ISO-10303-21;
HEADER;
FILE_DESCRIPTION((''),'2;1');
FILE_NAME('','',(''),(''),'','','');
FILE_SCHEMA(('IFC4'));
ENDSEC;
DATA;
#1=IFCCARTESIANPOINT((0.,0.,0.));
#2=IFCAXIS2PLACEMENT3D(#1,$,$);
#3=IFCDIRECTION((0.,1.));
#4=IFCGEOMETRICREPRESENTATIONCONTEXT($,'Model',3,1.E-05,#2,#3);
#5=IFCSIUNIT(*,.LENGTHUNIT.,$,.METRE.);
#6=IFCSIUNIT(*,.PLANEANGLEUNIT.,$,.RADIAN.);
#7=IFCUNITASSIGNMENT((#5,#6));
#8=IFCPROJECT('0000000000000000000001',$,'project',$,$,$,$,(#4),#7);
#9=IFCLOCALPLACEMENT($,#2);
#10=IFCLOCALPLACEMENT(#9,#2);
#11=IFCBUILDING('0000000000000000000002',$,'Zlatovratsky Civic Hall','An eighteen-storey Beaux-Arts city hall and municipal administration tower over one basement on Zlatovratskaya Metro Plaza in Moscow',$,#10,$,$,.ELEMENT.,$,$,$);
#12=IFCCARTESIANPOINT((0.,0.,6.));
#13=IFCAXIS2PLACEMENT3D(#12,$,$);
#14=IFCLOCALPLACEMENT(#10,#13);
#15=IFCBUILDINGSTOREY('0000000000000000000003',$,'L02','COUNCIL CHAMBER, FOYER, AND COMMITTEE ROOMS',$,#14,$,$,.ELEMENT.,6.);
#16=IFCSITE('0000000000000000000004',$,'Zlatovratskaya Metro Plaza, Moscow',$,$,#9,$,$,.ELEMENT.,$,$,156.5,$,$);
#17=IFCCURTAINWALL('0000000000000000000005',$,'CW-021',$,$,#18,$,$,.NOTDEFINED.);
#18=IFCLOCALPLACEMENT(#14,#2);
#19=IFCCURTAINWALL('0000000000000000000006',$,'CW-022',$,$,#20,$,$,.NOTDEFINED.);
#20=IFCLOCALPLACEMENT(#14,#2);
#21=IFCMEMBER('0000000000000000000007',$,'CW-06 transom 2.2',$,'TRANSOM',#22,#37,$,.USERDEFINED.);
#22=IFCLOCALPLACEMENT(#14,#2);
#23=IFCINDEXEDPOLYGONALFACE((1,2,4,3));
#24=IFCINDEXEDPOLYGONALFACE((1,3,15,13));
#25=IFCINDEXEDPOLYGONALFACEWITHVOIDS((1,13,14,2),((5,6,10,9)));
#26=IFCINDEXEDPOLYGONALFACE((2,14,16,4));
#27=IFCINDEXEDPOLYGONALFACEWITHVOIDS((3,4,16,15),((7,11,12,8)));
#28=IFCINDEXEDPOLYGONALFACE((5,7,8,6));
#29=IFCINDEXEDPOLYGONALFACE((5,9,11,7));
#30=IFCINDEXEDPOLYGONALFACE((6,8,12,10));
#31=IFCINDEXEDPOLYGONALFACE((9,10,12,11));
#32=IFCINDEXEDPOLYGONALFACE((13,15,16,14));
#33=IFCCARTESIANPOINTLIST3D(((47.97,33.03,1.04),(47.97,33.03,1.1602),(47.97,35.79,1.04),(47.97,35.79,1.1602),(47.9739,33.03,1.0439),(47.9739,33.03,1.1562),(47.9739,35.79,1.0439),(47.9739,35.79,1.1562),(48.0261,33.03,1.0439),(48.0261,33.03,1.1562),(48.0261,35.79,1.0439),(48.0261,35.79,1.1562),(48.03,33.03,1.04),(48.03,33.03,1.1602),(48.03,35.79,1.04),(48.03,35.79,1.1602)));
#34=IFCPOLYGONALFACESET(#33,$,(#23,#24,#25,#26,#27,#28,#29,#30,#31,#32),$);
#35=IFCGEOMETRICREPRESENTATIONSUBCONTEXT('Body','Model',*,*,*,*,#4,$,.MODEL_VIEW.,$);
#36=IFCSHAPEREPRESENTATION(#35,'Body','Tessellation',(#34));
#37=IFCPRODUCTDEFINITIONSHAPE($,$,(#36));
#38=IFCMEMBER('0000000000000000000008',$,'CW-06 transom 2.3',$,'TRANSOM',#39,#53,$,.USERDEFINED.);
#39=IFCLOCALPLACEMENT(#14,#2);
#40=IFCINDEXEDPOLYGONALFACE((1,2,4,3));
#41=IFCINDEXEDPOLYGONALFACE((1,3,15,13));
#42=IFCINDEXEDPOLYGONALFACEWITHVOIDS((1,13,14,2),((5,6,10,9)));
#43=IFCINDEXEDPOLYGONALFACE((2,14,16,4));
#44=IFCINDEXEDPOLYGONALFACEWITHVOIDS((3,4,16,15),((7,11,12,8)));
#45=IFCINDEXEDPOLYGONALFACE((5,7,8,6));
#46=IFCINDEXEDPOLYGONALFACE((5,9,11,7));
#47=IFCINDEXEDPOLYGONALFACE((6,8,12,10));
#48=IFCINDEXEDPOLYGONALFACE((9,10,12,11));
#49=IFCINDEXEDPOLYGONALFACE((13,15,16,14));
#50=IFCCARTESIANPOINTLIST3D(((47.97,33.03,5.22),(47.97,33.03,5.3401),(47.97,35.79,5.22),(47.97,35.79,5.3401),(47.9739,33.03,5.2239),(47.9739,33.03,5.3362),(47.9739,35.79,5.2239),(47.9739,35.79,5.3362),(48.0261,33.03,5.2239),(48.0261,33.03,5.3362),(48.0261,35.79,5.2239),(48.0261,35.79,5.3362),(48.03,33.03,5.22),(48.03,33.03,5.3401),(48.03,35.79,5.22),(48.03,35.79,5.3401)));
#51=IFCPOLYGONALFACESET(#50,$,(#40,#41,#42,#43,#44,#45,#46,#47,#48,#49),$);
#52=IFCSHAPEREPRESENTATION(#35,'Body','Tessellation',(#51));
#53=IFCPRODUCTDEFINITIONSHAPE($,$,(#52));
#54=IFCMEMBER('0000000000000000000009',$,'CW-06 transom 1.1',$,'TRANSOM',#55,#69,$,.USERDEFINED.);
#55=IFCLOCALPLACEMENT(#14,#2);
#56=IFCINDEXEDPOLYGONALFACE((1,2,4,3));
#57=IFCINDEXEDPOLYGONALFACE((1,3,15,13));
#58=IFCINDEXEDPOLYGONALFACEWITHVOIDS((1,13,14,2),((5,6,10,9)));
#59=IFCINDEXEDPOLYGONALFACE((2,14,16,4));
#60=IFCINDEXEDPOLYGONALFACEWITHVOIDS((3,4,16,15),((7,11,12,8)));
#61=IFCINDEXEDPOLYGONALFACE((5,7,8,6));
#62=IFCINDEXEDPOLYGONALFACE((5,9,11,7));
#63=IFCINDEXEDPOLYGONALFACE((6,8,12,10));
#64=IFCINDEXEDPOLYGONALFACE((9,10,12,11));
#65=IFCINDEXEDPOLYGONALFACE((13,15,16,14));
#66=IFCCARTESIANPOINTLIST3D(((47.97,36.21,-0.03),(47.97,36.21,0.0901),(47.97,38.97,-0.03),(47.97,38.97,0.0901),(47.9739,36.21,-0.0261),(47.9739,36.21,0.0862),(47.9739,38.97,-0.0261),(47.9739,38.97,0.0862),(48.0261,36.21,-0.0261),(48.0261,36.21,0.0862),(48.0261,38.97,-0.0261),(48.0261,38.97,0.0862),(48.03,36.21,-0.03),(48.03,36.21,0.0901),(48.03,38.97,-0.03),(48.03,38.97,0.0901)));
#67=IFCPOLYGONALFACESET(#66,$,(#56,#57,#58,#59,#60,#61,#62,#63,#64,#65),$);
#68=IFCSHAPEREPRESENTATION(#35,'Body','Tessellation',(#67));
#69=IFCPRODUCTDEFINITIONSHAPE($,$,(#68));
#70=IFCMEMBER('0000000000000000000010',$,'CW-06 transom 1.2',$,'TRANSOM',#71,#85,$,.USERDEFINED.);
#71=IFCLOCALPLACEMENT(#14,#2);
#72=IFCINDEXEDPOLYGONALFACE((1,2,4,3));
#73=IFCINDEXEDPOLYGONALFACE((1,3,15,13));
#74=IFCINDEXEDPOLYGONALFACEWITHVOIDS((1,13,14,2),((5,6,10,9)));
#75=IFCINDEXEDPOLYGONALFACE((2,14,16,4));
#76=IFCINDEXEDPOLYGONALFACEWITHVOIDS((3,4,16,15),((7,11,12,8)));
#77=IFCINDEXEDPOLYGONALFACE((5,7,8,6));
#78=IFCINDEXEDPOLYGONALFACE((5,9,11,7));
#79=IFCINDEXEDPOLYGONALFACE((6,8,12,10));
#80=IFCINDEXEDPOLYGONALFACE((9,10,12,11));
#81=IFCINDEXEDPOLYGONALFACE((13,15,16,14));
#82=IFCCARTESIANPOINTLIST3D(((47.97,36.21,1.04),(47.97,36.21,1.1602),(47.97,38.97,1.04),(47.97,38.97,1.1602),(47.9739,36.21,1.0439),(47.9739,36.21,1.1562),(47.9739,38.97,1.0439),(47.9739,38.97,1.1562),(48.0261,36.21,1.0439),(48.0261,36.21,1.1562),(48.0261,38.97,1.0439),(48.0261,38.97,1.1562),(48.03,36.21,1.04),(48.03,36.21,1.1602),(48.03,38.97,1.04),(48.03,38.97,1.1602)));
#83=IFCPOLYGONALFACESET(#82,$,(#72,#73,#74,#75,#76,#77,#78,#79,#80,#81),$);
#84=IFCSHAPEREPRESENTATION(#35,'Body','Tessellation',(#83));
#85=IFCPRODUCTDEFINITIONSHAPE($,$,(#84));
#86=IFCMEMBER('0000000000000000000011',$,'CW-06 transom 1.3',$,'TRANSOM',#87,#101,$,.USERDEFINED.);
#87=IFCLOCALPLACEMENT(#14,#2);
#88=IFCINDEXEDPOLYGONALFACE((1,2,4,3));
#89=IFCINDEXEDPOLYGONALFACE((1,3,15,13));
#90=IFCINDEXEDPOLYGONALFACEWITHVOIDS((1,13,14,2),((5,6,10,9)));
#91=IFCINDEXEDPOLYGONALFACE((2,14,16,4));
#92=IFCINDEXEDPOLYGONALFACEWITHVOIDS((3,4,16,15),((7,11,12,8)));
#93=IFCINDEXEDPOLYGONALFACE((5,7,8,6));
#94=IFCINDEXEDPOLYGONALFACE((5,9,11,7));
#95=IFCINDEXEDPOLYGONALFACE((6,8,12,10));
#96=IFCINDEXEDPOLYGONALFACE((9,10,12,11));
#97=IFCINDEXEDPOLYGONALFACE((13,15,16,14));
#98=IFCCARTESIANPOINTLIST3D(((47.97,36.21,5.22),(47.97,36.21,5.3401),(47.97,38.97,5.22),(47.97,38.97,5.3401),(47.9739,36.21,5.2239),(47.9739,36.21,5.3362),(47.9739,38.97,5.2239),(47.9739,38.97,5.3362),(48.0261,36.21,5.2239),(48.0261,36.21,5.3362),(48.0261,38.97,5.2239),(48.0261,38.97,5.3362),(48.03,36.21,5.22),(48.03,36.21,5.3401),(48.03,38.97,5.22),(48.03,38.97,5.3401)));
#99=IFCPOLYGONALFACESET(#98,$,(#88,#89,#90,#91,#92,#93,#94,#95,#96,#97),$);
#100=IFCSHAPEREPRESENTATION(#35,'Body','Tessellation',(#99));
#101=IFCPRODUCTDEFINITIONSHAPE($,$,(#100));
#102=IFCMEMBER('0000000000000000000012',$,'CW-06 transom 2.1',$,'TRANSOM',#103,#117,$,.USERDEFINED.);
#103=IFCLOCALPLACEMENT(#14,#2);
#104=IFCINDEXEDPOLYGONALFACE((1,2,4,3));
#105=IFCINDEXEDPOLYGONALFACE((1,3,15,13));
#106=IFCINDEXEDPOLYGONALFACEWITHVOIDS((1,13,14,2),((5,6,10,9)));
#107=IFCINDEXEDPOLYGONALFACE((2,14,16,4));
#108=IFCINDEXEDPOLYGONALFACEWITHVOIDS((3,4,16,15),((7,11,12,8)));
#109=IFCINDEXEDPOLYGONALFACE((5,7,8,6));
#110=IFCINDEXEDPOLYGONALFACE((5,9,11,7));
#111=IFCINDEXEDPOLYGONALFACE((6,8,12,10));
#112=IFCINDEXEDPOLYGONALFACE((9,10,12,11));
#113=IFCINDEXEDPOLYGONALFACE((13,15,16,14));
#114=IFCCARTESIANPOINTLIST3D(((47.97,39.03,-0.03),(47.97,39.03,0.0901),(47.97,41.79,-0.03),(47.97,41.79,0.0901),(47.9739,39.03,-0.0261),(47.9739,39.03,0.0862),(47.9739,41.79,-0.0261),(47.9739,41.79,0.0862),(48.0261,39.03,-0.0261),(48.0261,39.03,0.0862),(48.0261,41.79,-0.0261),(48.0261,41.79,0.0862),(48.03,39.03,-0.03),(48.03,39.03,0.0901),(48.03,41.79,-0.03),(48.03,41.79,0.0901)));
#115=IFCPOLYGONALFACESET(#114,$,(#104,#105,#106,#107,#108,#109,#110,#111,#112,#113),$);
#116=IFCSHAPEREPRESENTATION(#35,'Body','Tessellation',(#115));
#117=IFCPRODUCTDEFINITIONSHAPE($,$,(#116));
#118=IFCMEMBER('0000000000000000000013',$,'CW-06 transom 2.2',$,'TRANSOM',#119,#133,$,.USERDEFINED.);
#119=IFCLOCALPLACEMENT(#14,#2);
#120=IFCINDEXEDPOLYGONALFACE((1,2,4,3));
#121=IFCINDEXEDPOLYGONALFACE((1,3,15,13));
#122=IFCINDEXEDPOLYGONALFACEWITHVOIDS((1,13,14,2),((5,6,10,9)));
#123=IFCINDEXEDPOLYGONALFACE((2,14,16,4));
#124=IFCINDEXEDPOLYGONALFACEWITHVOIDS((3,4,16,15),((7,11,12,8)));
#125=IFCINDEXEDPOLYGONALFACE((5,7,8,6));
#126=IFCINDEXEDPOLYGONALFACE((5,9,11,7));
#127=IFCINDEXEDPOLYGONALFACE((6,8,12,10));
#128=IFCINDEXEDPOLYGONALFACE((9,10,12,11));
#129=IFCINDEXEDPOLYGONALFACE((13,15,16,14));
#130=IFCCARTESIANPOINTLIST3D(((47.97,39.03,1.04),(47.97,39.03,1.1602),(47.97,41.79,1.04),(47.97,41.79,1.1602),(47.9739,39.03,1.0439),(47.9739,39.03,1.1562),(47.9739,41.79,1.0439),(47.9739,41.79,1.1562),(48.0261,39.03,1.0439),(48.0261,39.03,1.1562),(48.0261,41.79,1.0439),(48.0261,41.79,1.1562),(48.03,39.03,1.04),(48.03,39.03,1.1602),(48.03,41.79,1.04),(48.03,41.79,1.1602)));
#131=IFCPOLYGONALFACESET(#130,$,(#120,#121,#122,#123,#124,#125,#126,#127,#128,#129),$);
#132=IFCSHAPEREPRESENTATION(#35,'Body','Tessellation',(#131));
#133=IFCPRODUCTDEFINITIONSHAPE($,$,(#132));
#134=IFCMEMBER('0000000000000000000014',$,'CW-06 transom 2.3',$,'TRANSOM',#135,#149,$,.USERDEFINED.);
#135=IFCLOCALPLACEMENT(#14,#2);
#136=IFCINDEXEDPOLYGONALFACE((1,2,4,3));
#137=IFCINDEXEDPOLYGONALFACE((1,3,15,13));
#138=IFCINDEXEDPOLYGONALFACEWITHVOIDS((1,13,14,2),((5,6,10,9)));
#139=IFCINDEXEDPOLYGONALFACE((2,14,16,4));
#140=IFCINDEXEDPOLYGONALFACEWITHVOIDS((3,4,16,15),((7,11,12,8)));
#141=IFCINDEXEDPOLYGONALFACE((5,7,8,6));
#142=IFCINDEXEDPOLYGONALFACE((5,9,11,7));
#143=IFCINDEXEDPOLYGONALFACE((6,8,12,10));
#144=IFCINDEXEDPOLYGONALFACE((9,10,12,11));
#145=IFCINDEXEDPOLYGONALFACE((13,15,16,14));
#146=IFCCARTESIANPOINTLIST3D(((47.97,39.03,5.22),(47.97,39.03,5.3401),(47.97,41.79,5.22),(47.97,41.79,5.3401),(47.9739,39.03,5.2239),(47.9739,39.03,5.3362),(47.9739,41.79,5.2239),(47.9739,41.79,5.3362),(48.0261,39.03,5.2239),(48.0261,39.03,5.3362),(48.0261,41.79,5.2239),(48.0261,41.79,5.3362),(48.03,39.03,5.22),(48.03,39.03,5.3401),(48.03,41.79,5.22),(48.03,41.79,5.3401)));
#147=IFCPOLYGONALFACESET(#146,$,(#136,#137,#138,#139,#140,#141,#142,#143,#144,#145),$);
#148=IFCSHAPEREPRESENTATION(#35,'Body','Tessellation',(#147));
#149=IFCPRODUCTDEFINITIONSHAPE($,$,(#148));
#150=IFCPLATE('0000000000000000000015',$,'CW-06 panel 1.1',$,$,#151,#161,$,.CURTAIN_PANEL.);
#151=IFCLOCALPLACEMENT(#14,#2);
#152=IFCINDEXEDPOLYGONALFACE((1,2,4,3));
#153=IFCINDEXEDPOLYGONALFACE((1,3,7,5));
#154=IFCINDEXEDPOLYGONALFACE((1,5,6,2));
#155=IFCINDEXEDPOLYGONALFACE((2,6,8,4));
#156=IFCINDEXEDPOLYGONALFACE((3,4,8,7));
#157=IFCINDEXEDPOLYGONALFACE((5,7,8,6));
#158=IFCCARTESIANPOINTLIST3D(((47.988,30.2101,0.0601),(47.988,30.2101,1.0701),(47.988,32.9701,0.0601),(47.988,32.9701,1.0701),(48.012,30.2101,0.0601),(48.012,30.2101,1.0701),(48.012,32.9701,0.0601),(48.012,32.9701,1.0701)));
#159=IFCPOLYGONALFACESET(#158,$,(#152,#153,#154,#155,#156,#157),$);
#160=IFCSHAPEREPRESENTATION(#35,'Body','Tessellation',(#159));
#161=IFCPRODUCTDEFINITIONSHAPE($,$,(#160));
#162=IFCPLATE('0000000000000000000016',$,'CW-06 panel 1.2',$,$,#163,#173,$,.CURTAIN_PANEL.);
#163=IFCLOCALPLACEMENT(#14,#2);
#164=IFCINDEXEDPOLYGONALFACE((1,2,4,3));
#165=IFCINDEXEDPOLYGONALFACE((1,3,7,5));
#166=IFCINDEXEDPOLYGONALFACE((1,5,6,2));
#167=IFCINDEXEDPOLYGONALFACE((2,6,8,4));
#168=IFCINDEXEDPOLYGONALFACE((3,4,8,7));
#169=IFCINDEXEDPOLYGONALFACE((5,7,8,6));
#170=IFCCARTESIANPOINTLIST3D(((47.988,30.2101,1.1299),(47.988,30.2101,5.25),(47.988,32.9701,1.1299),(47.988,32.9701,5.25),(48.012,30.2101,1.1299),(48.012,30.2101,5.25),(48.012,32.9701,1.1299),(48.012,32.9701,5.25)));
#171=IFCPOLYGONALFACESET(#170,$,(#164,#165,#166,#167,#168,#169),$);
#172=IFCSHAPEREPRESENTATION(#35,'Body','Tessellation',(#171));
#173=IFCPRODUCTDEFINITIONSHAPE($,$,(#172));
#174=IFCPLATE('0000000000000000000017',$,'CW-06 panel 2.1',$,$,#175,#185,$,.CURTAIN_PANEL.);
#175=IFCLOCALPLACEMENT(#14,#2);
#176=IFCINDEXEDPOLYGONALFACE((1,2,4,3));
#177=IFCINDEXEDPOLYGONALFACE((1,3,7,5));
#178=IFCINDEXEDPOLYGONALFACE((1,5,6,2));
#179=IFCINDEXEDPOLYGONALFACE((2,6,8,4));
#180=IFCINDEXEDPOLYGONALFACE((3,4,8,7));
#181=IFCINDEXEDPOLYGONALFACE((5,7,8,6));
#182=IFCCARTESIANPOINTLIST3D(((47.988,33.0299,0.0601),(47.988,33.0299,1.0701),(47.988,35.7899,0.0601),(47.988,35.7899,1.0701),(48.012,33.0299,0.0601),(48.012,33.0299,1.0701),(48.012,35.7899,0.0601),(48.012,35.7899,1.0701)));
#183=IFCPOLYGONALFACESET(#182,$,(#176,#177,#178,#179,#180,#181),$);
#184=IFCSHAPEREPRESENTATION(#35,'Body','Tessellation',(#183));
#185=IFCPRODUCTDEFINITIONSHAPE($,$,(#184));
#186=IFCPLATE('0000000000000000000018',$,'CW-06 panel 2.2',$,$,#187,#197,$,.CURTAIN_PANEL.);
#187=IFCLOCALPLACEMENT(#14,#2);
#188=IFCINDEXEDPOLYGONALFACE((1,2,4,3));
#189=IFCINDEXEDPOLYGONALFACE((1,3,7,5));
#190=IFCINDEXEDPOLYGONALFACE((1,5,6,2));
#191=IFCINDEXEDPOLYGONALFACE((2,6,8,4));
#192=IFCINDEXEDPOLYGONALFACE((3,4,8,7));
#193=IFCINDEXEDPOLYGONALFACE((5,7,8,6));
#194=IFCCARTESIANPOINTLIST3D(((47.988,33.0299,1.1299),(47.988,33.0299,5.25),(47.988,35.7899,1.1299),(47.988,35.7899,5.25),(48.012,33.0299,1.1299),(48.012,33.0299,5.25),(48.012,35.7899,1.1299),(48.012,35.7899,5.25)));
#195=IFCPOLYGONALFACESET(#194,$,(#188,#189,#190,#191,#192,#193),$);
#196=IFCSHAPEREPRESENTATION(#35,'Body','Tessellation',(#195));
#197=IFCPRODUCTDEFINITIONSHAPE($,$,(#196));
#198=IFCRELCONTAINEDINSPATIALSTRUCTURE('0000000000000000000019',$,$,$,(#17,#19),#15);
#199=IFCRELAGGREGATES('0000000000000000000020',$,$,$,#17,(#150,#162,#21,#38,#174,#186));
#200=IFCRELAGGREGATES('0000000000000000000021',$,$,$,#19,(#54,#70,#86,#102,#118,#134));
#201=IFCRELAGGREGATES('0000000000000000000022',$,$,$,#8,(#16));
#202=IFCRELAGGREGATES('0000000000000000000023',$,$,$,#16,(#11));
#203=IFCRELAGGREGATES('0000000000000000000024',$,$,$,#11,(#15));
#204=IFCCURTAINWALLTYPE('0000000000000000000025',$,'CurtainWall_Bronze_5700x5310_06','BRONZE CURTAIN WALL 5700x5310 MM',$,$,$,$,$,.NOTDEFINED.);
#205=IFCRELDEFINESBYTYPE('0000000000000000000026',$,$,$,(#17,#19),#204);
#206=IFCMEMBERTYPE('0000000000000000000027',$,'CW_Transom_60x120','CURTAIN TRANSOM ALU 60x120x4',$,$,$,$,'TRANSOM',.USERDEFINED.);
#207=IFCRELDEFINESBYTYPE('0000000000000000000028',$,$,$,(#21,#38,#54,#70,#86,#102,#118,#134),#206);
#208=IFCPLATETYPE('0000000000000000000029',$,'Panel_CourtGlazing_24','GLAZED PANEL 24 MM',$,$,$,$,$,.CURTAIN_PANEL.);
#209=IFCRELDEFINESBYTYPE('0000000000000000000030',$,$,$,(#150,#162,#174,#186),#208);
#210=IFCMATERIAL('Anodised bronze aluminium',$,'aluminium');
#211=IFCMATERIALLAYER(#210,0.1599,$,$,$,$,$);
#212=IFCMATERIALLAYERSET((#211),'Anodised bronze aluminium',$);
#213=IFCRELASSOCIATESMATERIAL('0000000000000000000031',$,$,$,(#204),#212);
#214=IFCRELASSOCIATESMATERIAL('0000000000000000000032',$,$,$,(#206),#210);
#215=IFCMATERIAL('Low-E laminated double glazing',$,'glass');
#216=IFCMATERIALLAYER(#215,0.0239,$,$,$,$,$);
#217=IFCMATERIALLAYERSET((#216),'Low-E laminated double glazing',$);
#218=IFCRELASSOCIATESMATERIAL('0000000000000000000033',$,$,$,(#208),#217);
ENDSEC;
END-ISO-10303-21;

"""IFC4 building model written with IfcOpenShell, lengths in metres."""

from ifc_helpers import new_model, si_unit, direction, frame, origin, origin_2d, place, context, subcontext, project, spatial, rectangle, hollow_rectangle, extrude, material, layer, layer_set, material_profile, profile_set, type_object, element, aggregate, save


model = new_model("IFC4")

# Units and contexts
model_context = context("Model", 3, precision=1e-05, world=origin(), true_north=direction((0.0, 1.0)))
body_context = subcontext(model_context, "Body", "Model", "MODEL_VIEW")
ifc_project = project(units=[si_unit("LENGTHUNIT", "METRE"), si_unit("PLANEANGLEUNIT", "RADIAN")], contexts=[model_context])

# Site, building, storey
site_placement = place(None, origin())
site = spatial("IfcSite", under=ifc_project, at=site_placement, Name="Zlatovratskaya Metro Plaza, Moscow", CompositionType="ELEMENT", RefElevation=156.5)
building_placement = place(site_placement, origin())
building = spatial("IfcBuilding", under=site, at=building_placement, Name="Zlatovratsky Civic Hall", Description="An eighteen-storey Beaux-Arts city hall and municipal administration tower over one basement on Zlatovratskaya Metro Plaza in Moscow", CompositionType="ELEMENT")
storey_placement = place(building_placement, frame((0.0, 0.0, 6.0)))
storey = spatial("IfcBuildingStorey", under=building, at=storey_placement, Name="L02", Description="COUNCIL CHAMBER, FOYER, AND COMMITTEE ROOMS", CompositionType="ELEMENT", Elevation=6.0)

# Curtain walls
ifc_material_1 = material(Name="Anodised bronze aluminium", Category="aluminium")
ifc_layer_1 = layer(ifc_material_1, 0.1599)
ifc_layer_set_1 = layer_set([ifc_layer_1], Name="Anodised bronze aluminium")
curtain_wall_type = type_object("IfcCurtainWallType", Name="CurtainWall_Bronze_5700x5310_06", Description="BRONZE CURTAIN WALL 5700x5310 MM", PredefinedType="NOTDEFINED", material=ifc_layer_set_1)
curtain_wall_1_placement = place(storey_placement, origin())
curtain_wall_1 = element("IfcCurtainWall", 1, at=curtain_wall_1_placement, inside=storey, type_object=curtain_wall_type, Name="CW-021", PredefinedType="NOTDEFINED")
curtain_wall_2_placement = place(storey_placement, origin())
curtain_wall_2 = element("IfcCurtainWall", 2, at=curtain_wall_2_placement, inside=storey, type_object=curtain_wall_type, Name="CW-022", PredefinedType="NOTDEFINED")

# Members
ifc_material_profile_1 = material_profile(ifc_material_1, hollow_rectangle(XDim=0.0601, YDim=0.1201, WallThickness=0.0039, at=origin_2d()), Name="ALU 60x120x4")
ifc_profile_set_1 = profile_set([ifc_material_profile_1], Name="Anodised bronze aluminium")
member_type_1 = type_object("IfcMemberType", Name="CW_Transom_60x120", Description="CURTAIN TRANSOM ALU 60x120x4", ElementType="TRANSOM", PredefinedType="USERDEFINED", material=ifc_profile_set_1)
member_1_placement = place(storey_placement, frame((48.0, 33.03, 1.1001), z_axis=(0.0, 1.0, 0.0), x_axis=(-1.0, 0.0, 0.0)))
member_1 = element("IfcMember", 3, at=member_1_placement, type_object=member_type_1, Name="CW-06 transom 2.2", ObjectType="TRANSOM", PredefinedType="USERDEFINED", context=body_context, shape_type="SweptSolid", body=[
    extrude(hollow_rectangle(XDim=0.0601, YDim=0.1201, WallThickness=0.0039, at=origin_2d()), origin(), (0.0, 0.0, 1.0), 2.76),
])
member_2_placement = place(storey_placement, frame((48.0, 33.03, 5.28), z_axis=(0.0, 1.0, 0.0), x_axis=(-1.0, 0.0, 0.0)))
member_2 = element("IfcMember", 4, at=member_2_placement, type_object=member_type_1, Name="CW-06 transom 2.3", ObjectType="TRANSOM", PredefinedType="USERDEFINED", context=body_context, shape_type="SweptSolid", body=[
    extrude(hollow_rectangle(XDim=0.0601, YDim=0.1201, WallThickness=0.0039, at=origin_2d()), origin(), (0.0, 0.0, 1.0), 2.76),
])
member_3_placement = place(storey_placement, frame((48.0, 36.21, 0.03), z_axis=(0.0, 1.0, 0.0), x_axis=(-1.0, 0.0, 0.0)))
member_3 = element("IfcMember", 5, at=member_3_placement, type_object=member_type_1, Name="CW-06 transom 1.1", ObjectType="TRANSOM", PredefinedType="USERDEFINED", context=body_context, shape_type="SweptSolid", body=[
    extrude(hollow_rectangle(XDim=0.0601, YDim=0.1201, WallThickness=0.0039, at=origin_2d()), origin(), (0.0, 0.0, 1.0), 2.76),
])
member_4_placement = place(storey_placement, frame((48.0, 36.21, 1.1001), z_axis=(0.0, 1.0, 0.0), x_axis=(-1.0, 0.0, 0.0)))
member_4 = element("IfcMember", 6, at=member_4_placement, type_object=member_type_1, Name="CW-06 transom 1.2", ObjectType="TRANSOM", PredefinedType="USERDEFINED", context=body_context, shape_type="SweptSolid", body=[
    extrude(hollow_rectangle(XDim=0.0601, YDim=0.1201, WallThickness=0.0039, at=origin_2d()), origin(), (0.0, 0.0, 1.0), 2.76),
])
member_5_placement = place(storey_placement, frame((48.0, 36.21, 5.28), z_axis=(0.0, 1.0, 0.0), x_axis=(-1.0, 0.0, 0.0)))
member_5 = element("IfcMember", 7, at=member_5_placement, type_object=member_type_1, Name="CW-06 transom 1.3", ObjectType="TRANSOM", PredefinedType="USERDEFINED", context=body_context, shape_type="SweptSolid", body=[
    extrude(hollow_rectangle(XDim=0.0601, YDim=0.1201, WallThickness=0.0039, at=origin_2d()), origin(), (0.0, 0.0, 1.0), 2.76),
])
member_6_placement = place(storey_placement, frame((48.0, 39.03, 0.03), z_axis=(0.0, 1.0, 0.0), x_axis=(-1.0, 0.0, 0.0)))
member_6 = element("IfcMember", 8, at=member_6_placement, type_object=member_type_1, Name="CW-06 transom 2.1", ObjectType="TRANSOM", PredefinedType="USERDEFINED", context=body_context, shape_type="SweptSolid", body=[
    extrude(hollow_rectangle(XDim=0.0601, YDim=0.1201, WallThickness=0.0039, at=origin_2d()), origin(), (0.0, 0.0, 1.0), 2.76),
])
member_7_placement = place(storey_placement, frame((48.0, 39.03, 1.1001), z_axis=(0.0, 1.0, 0.0), x_axis=(-1.0, 0.0, 0.0)))
member_7 = element("IfcMember", 9, at=member_7_placement, type_object=member_type_1, Name="CW-06 transom 2.2", ObjectType="TRANSOM", PredefinedType="USERDEFINED", context=body_context, shape_type="SweptSolid", body=[
    extrude(hollow_rectangle(XDim=0.0601, YDim=0.1201, WallThickness=0.0039, at=origin_2d()), origin(), (0.0, 0.0, 1.0), 2.76),
])
member_8_placement = place(storey_placement, frame((48.0, 39.03, 5.28), z_axis=(0.0, 1.0, 0.0), x_axis=(-1.0, 0.0, 0.0)))
member_8 = element("IfcMember", 10, at=member_8_placement, type_object=member_type_1, Name="CW-06 transom 2.3", ObjectType="TRANSOM", PredefinedType="USERDEFINED", context=body_context, shape_type="SweptSolid", body=[
    extrude(hollow_rectangle(XDim=0.0601, YDim=0.1201, WallThickness=0.0039, at=origin_2d()), origin(), (0.0, 0.0, 1.0), 2.76),
])

# Plates
ifc_material_2 = material(Name="Low-E laminated double glazing", Category="glass")
ifc_layer_2 = layer(ifc_material_2, 0.0239)
ifc_layer_set_2 = layer_set([ifc_layer_2], Name="Low-E laminated double glazing")
plate_type = type_object("IfcPlateType", Name="Panel_CourtGlazing_24", Description="GLAZED PANEL 24 MM", PredefinedType="CURTAIN_PANEL", material=ifc_layer_set_2)
plate_1_placement = place(storey_placement, frame((48.0, 31.5901, 0.0601), z_axis=(0.0, 0.0, 1.0), x_axis=(0.0, 1.0, 0.0)))
plate_1 = element("IfcPlate", 11, at=plate_1_placement, type_object=plate_type, Name="CW-06 panel 1.1", PredefinedType="CURTAIN_PANEL", context=body_context, shape_type="SweptSolid", body=[
    extrude(rectangle(XDim=2.76, YDim=0.0239, at=origin_2d()), origin(), (0.0, 0.0, 1.0), 1.01),
])
plate_2_placement = place(storey_placement, frame((48.0, 31.5901, 1.1299), z_axis=(0.0, 0.0, 1.0), x_axis=(0.0, 1.0, 0.0)))
plate_2 = element("IfcPlate", 12, at=plate_2_placement, type_object=plate_type, Name="CW-06 panel 1.2", PredefinedType="CURTAIN_PANEL", context=body_context, shape_type="SweptSolid", body=[
    extrude(rectangle(XDim=2.76, YDim=0.0239, at=origin_2d()), origin(), (0.0, 0.0, 1.0), 4.1201),
])
plate_3_placement = place(storey_placement, frame((48.0, 34.4099, 0.0601), z_axis=(0.0, 0.0, 1.0), x_axis=(0.0, 1.0, 0.0)))
plate_3 = element("IfcPlate", 13, at=plate_3_placement, type_object=plate_type, Name="CW-06 panel 2.1", PredefinedType="CURTAIN_PANEL", context=body_context, shape_type="SweptSolid", body=[
    extrude(rectangle(XDim=2.76, YDim=0.0239, at=origin_2d()), origin(), (0.0, 0.0, 1.0), 1.01),
])
plate_4_placement = place(storey_placement, frame((48.0, 34.4099, 1.1299), z_axis=(0.0, 0.0, 1.0), x_axis=(0.0, 1.0, 0.0)))
plate_4 = element("IfcPlate", 14, at=plate_4_placement, type_object=plate_type, Name="CW-06 panel 2.2", PredefinedType="CURTAIN_PANEL", context=body_context, shape_type="SweptSolid", body=[
    extrude(rectangle(XDim=2.76, YDim=0.0239, at=origin_2d()), origin(), (0.0, 0.0, 1.0), 4.1201),
])
aggregate(curtain_wall_1, [plate_1, plate_2, member_1, member_2, plate_3, plate_4])
aggregate(curtain_wall_2, [member_3, member_4, member_5, member_6, member_7, member_8])

save(model, "model.ifc")
